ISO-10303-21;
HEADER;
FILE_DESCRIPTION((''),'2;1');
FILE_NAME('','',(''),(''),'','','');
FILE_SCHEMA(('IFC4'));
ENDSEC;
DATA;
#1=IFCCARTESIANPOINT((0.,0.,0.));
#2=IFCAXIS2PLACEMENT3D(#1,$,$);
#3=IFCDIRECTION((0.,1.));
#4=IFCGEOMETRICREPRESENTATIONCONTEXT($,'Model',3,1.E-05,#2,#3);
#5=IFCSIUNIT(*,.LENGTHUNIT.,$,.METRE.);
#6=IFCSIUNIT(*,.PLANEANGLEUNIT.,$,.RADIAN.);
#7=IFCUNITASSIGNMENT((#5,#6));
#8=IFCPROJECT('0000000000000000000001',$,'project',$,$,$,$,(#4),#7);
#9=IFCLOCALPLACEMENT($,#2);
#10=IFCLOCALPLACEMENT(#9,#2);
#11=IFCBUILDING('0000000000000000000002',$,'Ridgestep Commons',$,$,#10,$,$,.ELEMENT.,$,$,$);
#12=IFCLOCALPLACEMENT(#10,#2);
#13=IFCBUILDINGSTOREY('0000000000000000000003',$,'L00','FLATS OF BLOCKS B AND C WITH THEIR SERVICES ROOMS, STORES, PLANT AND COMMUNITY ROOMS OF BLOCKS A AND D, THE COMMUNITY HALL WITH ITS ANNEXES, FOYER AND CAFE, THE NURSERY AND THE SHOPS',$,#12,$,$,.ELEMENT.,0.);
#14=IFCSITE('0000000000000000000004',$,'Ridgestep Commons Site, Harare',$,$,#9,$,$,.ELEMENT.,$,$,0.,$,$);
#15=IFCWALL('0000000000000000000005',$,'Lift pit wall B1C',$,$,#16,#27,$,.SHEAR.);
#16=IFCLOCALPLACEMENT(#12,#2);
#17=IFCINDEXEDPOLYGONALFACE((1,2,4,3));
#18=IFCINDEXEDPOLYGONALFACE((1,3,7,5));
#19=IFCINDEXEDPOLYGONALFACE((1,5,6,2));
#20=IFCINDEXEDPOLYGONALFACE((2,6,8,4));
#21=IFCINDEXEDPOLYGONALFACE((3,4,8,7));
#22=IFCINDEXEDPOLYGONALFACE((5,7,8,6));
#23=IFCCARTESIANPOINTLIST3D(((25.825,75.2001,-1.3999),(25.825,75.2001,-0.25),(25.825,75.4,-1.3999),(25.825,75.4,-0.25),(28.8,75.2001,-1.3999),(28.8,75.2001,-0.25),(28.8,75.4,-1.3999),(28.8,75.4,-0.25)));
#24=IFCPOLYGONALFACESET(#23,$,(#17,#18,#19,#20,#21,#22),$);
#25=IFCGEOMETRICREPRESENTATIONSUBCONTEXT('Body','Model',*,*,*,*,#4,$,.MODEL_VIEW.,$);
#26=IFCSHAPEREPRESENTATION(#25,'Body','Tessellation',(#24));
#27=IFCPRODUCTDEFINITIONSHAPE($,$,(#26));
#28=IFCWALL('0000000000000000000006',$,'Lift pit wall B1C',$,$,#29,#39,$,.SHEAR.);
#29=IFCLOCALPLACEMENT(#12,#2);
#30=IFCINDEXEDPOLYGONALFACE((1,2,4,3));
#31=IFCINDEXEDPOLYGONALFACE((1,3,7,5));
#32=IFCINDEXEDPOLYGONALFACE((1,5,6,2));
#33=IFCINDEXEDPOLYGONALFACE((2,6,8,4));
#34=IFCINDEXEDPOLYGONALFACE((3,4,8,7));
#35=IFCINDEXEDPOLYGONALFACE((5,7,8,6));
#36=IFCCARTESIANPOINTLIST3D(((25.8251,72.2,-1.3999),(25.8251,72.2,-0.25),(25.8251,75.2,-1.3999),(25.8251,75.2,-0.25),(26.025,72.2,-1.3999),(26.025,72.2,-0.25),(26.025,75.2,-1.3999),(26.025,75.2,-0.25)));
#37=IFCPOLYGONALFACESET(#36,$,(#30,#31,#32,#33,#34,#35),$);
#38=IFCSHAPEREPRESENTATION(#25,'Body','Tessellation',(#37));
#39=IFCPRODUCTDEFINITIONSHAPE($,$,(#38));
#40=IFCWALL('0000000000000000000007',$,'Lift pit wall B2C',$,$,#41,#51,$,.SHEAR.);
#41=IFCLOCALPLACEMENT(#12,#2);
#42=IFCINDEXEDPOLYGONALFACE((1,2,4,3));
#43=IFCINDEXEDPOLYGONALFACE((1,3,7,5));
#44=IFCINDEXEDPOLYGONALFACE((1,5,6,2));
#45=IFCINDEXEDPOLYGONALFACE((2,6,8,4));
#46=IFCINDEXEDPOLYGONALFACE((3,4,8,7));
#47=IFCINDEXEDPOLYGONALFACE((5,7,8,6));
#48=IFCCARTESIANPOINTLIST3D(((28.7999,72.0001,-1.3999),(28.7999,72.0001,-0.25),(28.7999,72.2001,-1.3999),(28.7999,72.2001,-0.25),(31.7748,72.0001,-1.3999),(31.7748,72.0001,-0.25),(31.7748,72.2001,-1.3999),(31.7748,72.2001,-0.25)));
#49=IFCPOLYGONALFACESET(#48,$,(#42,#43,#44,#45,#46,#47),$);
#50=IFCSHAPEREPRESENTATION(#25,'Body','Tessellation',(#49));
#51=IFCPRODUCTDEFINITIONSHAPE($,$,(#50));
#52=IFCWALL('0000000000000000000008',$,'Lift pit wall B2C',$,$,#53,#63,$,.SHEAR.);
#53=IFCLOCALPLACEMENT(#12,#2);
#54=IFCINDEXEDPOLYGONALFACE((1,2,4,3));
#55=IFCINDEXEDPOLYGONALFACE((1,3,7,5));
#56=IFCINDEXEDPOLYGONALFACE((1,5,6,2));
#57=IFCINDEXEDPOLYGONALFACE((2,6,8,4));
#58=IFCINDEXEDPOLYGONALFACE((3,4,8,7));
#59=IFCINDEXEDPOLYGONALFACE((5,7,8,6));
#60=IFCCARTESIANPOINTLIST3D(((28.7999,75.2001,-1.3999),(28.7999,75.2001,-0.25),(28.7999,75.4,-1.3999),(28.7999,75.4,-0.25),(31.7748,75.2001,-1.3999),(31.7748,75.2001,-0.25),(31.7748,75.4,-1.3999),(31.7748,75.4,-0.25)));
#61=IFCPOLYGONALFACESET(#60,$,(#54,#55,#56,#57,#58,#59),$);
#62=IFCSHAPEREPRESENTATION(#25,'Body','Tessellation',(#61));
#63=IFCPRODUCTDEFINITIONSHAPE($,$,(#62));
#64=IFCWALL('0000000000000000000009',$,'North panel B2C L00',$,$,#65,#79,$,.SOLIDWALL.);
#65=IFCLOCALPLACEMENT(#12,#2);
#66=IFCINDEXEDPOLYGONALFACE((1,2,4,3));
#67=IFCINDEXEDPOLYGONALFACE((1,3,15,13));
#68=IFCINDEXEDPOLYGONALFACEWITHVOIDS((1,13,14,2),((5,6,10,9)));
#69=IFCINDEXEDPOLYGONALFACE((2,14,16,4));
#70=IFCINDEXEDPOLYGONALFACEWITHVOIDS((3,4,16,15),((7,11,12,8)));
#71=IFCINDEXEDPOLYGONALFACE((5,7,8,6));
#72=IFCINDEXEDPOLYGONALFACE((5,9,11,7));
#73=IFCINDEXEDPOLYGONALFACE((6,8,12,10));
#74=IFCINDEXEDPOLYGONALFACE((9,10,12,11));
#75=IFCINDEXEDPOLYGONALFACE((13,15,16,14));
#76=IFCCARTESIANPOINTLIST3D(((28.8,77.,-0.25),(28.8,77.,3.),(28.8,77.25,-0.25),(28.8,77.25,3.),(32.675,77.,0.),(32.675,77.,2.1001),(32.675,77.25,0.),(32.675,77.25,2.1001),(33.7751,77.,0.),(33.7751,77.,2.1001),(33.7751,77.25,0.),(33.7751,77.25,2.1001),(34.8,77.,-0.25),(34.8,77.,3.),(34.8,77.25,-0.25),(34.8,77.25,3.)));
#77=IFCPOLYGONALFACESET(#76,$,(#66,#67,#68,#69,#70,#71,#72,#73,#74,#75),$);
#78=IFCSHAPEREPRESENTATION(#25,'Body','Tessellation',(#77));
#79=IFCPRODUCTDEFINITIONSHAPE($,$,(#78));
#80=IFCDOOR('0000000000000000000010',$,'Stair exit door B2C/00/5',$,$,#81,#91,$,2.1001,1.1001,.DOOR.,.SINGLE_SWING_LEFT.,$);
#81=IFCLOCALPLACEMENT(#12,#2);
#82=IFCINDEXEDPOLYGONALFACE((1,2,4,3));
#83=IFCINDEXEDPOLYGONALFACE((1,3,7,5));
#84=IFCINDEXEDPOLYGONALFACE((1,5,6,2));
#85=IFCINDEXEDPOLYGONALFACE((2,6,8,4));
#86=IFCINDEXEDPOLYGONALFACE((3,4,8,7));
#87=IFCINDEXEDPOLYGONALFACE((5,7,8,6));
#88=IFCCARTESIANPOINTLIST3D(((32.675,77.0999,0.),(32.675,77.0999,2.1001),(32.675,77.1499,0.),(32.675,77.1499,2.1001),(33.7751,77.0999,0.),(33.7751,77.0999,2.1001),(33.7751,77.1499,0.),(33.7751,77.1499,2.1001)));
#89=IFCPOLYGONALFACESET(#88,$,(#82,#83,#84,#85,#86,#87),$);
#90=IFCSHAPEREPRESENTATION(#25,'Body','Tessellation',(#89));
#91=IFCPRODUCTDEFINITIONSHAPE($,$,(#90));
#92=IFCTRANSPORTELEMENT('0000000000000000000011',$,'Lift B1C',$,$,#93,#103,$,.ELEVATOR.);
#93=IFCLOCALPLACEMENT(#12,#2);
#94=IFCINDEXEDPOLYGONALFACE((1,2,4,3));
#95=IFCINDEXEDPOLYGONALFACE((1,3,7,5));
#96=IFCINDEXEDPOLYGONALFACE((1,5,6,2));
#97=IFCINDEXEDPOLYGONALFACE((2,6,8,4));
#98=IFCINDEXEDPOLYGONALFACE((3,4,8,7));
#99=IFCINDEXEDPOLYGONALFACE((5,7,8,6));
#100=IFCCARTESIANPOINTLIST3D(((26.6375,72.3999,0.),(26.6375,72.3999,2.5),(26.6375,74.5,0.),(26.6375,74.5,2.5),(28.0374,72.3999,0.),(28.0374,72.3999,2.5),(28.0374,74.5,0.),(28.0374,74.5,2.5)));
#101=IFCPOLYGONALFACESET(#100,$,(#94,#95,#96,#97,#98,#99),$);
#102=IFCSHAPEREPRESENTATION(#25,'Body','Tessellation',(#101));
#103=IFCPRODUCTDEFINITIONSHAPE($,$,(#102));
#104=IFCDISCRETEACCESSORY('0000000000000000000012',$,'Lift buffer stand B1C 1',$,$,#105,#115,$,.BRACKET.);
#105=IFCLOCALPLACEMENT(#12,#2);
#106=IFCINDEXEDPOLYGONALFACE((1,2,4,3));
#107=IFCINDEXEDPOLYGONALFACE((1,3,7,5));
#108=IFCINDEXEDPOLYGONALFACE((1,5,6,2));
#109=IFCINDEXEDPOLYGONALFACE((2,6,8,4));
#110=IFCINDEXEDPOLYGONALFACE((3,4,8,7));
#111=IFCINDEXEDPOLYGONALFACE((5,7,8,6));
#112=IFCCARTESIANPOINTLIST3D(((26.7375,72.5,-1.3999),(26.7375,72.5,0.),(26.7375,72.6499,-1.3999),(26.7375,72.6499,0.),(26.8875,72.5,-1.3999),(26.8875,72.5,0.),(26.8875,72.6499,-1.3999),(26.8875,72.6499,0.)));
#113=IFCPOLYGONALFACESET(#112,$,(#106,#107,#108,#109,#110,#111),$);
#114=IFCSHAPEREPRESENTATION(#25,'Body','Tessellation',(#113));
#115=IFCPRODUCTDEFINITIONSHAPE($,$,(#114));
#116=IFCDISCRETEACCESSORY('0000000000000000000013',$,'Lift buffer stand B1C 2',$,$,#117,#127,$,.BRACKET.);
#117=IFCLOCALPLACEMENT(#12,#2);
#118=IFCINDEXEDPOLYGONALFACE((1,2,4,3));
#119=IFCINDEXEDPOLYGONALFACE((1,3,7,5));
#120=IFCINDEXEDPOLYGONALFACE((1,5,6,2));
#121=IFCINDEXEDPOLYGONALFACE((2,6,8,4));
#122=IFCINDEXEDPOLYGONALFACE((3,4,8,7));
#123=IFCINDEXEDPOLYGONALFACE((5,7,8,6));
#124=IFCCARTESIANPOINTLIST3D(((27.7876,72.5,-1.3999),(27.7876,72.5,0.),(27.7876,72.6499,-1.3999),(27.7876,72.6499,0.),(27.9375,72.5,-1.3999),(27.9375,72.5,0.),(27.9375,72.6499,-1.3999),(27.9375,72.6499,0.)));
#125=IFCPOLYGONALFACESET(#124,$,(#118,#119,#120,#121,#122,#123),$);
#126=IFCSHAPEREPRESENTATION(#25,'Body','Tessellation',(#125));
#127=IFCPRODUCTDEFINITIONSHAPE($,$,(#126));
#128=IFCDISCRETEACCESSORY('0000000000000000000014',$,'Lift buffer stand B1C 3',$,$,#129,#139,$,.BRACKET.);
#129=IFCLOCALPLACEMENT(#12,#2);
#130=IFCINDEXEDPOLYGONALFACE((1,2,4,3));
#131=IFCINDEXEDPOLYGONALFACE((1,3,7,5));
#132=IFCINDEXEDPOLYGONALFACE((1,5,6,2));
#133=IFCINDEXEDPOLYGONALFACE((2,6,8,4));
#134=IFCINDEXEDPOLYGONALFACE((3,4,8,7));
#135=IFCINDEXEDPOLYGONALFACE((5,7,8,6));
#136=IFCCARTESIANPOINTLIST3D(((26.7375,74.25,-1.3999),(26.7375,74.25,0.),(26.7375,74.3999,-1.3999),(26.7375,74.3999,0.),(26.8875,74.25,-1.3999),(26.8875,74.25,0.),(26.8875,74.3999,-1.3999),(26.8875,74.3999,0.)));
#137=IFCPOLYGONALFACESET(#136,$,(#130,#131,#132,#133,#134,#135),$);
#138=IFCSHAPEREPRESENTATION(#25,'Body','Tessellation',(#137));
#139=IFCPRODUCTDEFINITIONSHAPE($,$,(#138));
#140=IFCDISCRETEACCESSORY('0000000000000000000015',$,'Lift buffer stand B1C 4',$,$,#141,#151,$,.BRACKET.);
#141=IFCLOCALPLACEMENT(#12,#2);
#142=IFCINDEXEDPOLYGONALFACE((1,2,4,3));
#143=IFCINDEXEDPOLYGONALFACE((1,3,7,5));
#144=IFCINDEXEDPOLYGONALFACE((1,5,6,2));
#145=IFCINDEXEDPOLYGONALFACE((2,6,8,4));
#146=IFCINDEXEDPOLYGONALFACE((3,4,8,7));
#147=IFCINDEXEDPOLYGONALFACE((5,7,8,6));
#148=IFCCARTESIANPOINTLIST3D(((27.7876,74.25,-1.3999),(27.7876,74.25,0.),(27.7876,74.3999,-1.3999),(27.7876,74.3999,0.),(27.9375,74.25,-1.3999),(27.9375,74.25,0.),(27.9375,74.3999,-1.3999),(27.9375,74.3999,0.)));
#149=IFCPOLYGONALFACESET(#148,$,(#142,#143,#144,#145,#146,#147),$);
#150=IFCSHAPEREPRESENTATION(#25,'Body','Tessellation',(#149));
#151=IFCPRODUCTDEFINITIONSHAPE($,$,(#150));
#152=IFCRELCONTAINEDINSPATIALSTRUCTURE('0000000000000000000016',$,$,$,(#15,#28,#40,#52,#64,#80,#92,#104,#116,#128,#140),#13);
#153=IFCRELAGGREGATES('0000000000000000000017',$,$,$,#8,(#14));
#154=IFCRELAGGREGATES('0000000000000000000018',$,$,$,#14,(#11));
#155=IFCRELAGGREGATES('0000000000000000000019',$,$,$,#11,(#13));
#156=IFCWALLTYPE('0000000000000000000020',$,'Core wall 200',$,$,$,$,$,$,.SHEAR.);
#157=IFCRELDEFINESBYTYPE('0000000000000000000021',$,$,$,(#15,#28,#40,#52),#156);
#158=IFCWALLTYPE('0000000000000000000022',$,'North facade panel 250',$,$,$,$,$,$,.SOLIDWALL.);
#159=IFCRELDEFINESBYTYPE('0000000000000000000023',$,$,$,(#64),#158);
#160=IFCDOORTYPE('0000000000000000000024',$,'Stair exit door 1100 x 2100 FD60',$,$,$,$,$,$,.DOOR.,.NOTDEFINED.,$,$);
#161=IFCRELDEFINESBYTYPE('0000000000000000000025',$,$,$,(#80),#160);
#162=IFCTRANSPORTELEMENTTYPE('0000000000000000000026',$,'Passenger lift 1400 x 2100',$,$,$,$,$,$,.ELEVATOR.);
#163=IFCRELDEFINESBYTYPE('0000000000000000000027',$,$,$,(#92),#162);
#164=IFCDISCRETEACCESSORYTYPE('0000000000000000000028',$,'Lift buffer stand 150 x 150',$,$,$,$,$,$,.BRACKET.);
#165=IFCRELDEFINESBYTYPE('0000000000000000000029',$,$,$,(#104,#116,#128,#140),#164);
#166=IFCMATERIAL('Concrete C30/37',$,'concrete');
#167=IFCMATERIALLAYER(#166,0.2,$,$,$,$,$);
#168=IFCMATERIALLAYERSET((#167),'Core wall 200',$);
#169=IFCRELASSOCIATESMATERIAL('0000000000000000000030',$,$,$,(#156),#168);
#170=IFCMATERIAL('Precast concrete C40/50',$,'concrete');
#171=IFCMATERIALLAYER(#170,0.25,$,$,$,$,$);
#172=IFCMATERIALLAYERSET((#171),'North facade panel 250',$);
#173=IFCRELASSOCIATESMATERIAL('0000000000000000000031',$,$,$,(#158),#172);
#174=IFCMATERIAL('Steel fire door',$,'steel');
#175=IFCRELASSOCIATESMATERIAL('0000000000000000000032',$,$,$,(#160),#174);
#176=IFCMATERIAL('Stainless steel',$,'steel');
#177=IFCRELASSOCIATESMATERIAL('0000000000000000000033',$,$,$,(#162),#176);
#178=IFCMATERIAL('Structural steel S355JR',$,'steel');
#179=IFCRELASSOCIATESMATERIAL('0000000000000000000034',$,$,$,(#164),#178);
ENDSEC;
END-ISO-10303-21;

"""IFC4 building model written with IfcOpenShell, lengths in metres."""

from ifc_helpers import new_model, si_unit, direction, frame, frame_2d, origin, origin_2d, place, context, subcontext, project, spatial, rectangle, extrude, material, layer, layer_set, type_object, element, fill, save


model = new_model("IFC4")

# Units and contexts
model_context = context("Model", 3, precision=1e-05, world=origin(), true_north=direction((0.0, 1.0)))
body_context = subcontext(model_context, "Body", "Model", "MODEL_VIEW")
ifc_project = project(units=[si_unit("LENGTHUNIT", "METRE"), si_unit("PLANEANGLEUNIT", "RADIAN")], contexts=[model_context])

# Site, building, storey
site_placement = place(None, origin())
site = spatial("IfcSite", under=ifc_project, at=site_placement, Name="Ridgestep Commons Site, Harare", CompositionType="ELEMENT", RefElevation=0.0)
building_placement = place(site_placement, origin())
building = spatial("IfcBuilding", under=site, at=building_placement, Name="Ridgestep Commons", CompositionType="ELEMENT")
storey_placement = place(building_placement, origin())
storey = spatial("IfcBuildingStorey", under=building, at=storey_placement, Name="L00", Description="FLATS OF BLOCKS B AND C WITH THEIR SERVICES ROOMS, STORES, PLANT AND COMMUNITY ROOMS OF BLOCKS A AND D, THE COMMUNITY HALL WITH ITS ANNEXES, FOYER AND CAFE, THE NURSERY AND THE SHOPS", CompositionType="ELEMENT", Elevation=0.0)

# Shared definitions
ifc_material_1 = material(Name="Concrete C30/37", Category="concrete")
ifc_layer_1 = layer(ifc_material_1, 0.2)
ifc_layer_set_1 = layer_set([ifc_layer_1], Name="Core wall 200")
wall_type_1 = type_object("IfcWallType", Name="Core wall 200", PredefinedType="SHEAR", material=ifc_layer_set_1)

# Walls
wall_1_placement = place(storey_placement, frame((25.825, 75.3, -1.3999), z_axis=(0.0, 0.0, 1.0), x_axis=(1.0, 0.0, 0.0)))
element("IfcWall", 1, at=wall_1_placement, inside=storey, type_object=wall_type_1, Name="Lift pit wall B1C", PredefinedType="SHEAR", context=body_context, shape_type="SweptSolid", body=[
    extrude(rectangle(XDim=2.9751, YDim=0.2, at=frame_2d((1.4875, 0.0))), origin(), (0.0, 0.0, 1.0), 1.1499),
])
wall_2_placement = place(storey_placement, frame((25.925, 72.2, -1.3999), z_axis=(0.0, 0.0, 1.0), x_axis=(0.0, 1.0, 0.0)))
element("IfcWall", 2, at=wall_2_placement, inside=storey, type_object=wall_type_1, Name="Lift pit wall B1C", PredefinedType="SHEAR", context=body_context, shape_type="SweptSolid", body=[
    extrude(rectangle(XDim=3.0, YDim=0.2, at=frame_2d((1.5, 0.0))), origin(), (0.0, 0.0, 1.0), 1.1499),
])
for number, where, z_axis, x_axis, name in (
    (3, (28.8, 72.1001, -1.3999), (0.0, 0.0, 1.0), (1.0, 0.0, 0.0), "Lift pit wall B2C"),
    (4, (28.8, 75.3, -1.3999), (0.0, 0.0, 1.0), (1.0, 0.0, 0.0), "Lift pit wall B2C"),
):
    element("IfcWall", number, at=place(storey_placement, frame(where, z_axis=z_axis, x_axis=x_axis)), inside=storey, type_object=wall_type_1, Name=name, PredefinedType="SHEAR", context=body_context, shape_type="SweptSolid", body=[
        extrude(rectangle(XDim=2.9749, YDim=0.2, at=frame_2d((1.4873, 0.0))), origin(), (0.0, 0.0, 1.0), 1.1499),
    ])

# Wall, opening, door
ifc_material_2 = material(Name="Precast concrete C40/50", Category="concrete")
ifc_layer_2 = layer(ifc_material_2, 0.25)
ifc_layer_set_2 = layer_set([ifc_layer_2], Name="North facade panel 250")
wall_type_2 = type_object("IfcWallType", Name="North facade panel 250", PredefinedType="SOLIDWALL", material=ifc_layer_set_2)
wall_3_placement = place(storey_placement, frame((28.8, 77.125, -0.25), z_axis=(0.0, 0.0, 1.0), x_axis=(1.0, 0.0, 0.0)))
wall_3 = element("IfcWall", 5, at=wall_3_placement, inside=storey, type_object=wall_type_2, Name="North panel B2C L00", PredefinedType="SOLIDWALL", context=body_context, shape_type="SweptSolid", body=[
    extrude(rectangle(XDim=6.0, YDim=0.25, at=frame_2d((3.0, 0.0))), origin(), (0.0, 0.0, 1.0), 3.25),
])
opening_1_placement = place(wall_3_placement, frame((3.875, 0.0, 0.25)))
opening_1 = element("IfcOpeningElement", 6, at=opening_1_placement, cuts=wall_3, PredefinedType="OPENING", context=body_context, shape_type="SweptSolid", body=[
    extrude(rectangle(XDim=1.1001, YDim=2.1001, at=frame_2d((0.55, 1.05))), frame((0.0, 0.135, 0.0), z_axis=(0.0, -1.0, 0.0), x_axis=(1.0, 0.0, 0.0)), (0.0, 0.0, 1.0), 0.27),
])
ifc_material_3 = material(Name="Steel fire door", Category="steel")
door_type_1 = type_object("IfcDoorType", Name="Stair exit door 1100 x 2100 FD60", OperationType="NOTDEFINED", PredefinedType="DOOR", material=ifc_material_3)
door_1_placement = place(opening_1_placement, origin())
door_1 = element("IfcDoor", 7, at=door_1_placement, inside=storey, type_object=door_type_1, Name="Stair exit door B2C/00/5", OperationType="SINGLE_SWING_LEFT", OverallHeight=2.1001, OverallWidth=1.1001, PredefinedType="DOOR", context=body_context, shape_type="SweptSolid", body=[
    extrude(rectangle(XDim=1.1001, YDim=2.1001, at=frame_2d((0.55, 1.05))), frame((0.0, 0.0249, 0.0), z_axis=(0.0, -1.0, 0.0), x_axis=(1.0, 0.0, 0.0)), (0.0, 0.0, 1.0), 0.05),
])
fill(opening_1, door_1)

# Transport element
ifc_material_4 = material(Name="Stainless steel", Category="steel")
transport_element_type = type_object("IfcTransportElementType", Name="Passenger lift 1400 x 2100", PredefinedType="ELEVATOR", material=ifc_material_4)
transport_element_placement = place(storey_placement, frame((27.3374, 73.45, 0.0), z_axis=(0.0, 0.0, 1.0), x_axis=(1.0, 0.0, 0.0)))
element("IfcTransportElement", 8, at=transport_element_placement, inside=storey, type_object=transport_element_type, Name="Lift B1C", PredefinedType="ELEVATOR", context=body_context, shape_type="SweptSolid", body=[
    extrude(rectangle(XDim=1.3999, YDim=2.1001, at=origin_2d()), origin(), (0.0, 0.0, 1.0), 2.5),
])

# Discrete accessories
ifc_material_5 = material(Name="Structural steel S355JR", Category="steel")
discrete_accessory_type = type_object("IfcDiscreteAccessoryType", Name="Lift buffer stand 150 x 150", PredefinedType="BRACKET", material=ifc_material_5)
for number, where, z_axis, x_axis, name in (
    (9, (26.8125, 72.575, -1.3999), (0.0, 0.0, 1.0), (1.0, 0.0, 0.0), "Lift buffer stand B1C 1"),
    (10, (27.8625, 72.575, -1.3999), (0.0, 0.0, 1.0), (1.0, 0.0, 0.0), "Lift buffer stand B1C 2"),
    (11, (26.8125, 74.325, -1.3999), (0.0, 0.0, 1.0), (1.0, 0.0, 0.0), "Lift buffer stand B1C 3"),
    (12, (27.8625, 74.325, -1.3999), (0.0, 0.0, 1.0), (1.0, 0.0, 0.0), "Lift buffer stand B1C 4"),
):
    element("IfcDiscreteAccessory", number, at=place(storey_placement, frame(where, z_axis=z_axis, x_axis=x_axis)), inside=storey, type_object=discrete_accessory_type, Name=name, PredefinedType="BRACKET", context=body_context, shape_type="SweptSolid", body=[
        extrude(rectangle(XDim=0.1499, YDim=0.1499, at=origin_2d()), origin(), (0.0, 0.0, 1.0), 1.3999),
    ])

save(model, "model.ifc")
